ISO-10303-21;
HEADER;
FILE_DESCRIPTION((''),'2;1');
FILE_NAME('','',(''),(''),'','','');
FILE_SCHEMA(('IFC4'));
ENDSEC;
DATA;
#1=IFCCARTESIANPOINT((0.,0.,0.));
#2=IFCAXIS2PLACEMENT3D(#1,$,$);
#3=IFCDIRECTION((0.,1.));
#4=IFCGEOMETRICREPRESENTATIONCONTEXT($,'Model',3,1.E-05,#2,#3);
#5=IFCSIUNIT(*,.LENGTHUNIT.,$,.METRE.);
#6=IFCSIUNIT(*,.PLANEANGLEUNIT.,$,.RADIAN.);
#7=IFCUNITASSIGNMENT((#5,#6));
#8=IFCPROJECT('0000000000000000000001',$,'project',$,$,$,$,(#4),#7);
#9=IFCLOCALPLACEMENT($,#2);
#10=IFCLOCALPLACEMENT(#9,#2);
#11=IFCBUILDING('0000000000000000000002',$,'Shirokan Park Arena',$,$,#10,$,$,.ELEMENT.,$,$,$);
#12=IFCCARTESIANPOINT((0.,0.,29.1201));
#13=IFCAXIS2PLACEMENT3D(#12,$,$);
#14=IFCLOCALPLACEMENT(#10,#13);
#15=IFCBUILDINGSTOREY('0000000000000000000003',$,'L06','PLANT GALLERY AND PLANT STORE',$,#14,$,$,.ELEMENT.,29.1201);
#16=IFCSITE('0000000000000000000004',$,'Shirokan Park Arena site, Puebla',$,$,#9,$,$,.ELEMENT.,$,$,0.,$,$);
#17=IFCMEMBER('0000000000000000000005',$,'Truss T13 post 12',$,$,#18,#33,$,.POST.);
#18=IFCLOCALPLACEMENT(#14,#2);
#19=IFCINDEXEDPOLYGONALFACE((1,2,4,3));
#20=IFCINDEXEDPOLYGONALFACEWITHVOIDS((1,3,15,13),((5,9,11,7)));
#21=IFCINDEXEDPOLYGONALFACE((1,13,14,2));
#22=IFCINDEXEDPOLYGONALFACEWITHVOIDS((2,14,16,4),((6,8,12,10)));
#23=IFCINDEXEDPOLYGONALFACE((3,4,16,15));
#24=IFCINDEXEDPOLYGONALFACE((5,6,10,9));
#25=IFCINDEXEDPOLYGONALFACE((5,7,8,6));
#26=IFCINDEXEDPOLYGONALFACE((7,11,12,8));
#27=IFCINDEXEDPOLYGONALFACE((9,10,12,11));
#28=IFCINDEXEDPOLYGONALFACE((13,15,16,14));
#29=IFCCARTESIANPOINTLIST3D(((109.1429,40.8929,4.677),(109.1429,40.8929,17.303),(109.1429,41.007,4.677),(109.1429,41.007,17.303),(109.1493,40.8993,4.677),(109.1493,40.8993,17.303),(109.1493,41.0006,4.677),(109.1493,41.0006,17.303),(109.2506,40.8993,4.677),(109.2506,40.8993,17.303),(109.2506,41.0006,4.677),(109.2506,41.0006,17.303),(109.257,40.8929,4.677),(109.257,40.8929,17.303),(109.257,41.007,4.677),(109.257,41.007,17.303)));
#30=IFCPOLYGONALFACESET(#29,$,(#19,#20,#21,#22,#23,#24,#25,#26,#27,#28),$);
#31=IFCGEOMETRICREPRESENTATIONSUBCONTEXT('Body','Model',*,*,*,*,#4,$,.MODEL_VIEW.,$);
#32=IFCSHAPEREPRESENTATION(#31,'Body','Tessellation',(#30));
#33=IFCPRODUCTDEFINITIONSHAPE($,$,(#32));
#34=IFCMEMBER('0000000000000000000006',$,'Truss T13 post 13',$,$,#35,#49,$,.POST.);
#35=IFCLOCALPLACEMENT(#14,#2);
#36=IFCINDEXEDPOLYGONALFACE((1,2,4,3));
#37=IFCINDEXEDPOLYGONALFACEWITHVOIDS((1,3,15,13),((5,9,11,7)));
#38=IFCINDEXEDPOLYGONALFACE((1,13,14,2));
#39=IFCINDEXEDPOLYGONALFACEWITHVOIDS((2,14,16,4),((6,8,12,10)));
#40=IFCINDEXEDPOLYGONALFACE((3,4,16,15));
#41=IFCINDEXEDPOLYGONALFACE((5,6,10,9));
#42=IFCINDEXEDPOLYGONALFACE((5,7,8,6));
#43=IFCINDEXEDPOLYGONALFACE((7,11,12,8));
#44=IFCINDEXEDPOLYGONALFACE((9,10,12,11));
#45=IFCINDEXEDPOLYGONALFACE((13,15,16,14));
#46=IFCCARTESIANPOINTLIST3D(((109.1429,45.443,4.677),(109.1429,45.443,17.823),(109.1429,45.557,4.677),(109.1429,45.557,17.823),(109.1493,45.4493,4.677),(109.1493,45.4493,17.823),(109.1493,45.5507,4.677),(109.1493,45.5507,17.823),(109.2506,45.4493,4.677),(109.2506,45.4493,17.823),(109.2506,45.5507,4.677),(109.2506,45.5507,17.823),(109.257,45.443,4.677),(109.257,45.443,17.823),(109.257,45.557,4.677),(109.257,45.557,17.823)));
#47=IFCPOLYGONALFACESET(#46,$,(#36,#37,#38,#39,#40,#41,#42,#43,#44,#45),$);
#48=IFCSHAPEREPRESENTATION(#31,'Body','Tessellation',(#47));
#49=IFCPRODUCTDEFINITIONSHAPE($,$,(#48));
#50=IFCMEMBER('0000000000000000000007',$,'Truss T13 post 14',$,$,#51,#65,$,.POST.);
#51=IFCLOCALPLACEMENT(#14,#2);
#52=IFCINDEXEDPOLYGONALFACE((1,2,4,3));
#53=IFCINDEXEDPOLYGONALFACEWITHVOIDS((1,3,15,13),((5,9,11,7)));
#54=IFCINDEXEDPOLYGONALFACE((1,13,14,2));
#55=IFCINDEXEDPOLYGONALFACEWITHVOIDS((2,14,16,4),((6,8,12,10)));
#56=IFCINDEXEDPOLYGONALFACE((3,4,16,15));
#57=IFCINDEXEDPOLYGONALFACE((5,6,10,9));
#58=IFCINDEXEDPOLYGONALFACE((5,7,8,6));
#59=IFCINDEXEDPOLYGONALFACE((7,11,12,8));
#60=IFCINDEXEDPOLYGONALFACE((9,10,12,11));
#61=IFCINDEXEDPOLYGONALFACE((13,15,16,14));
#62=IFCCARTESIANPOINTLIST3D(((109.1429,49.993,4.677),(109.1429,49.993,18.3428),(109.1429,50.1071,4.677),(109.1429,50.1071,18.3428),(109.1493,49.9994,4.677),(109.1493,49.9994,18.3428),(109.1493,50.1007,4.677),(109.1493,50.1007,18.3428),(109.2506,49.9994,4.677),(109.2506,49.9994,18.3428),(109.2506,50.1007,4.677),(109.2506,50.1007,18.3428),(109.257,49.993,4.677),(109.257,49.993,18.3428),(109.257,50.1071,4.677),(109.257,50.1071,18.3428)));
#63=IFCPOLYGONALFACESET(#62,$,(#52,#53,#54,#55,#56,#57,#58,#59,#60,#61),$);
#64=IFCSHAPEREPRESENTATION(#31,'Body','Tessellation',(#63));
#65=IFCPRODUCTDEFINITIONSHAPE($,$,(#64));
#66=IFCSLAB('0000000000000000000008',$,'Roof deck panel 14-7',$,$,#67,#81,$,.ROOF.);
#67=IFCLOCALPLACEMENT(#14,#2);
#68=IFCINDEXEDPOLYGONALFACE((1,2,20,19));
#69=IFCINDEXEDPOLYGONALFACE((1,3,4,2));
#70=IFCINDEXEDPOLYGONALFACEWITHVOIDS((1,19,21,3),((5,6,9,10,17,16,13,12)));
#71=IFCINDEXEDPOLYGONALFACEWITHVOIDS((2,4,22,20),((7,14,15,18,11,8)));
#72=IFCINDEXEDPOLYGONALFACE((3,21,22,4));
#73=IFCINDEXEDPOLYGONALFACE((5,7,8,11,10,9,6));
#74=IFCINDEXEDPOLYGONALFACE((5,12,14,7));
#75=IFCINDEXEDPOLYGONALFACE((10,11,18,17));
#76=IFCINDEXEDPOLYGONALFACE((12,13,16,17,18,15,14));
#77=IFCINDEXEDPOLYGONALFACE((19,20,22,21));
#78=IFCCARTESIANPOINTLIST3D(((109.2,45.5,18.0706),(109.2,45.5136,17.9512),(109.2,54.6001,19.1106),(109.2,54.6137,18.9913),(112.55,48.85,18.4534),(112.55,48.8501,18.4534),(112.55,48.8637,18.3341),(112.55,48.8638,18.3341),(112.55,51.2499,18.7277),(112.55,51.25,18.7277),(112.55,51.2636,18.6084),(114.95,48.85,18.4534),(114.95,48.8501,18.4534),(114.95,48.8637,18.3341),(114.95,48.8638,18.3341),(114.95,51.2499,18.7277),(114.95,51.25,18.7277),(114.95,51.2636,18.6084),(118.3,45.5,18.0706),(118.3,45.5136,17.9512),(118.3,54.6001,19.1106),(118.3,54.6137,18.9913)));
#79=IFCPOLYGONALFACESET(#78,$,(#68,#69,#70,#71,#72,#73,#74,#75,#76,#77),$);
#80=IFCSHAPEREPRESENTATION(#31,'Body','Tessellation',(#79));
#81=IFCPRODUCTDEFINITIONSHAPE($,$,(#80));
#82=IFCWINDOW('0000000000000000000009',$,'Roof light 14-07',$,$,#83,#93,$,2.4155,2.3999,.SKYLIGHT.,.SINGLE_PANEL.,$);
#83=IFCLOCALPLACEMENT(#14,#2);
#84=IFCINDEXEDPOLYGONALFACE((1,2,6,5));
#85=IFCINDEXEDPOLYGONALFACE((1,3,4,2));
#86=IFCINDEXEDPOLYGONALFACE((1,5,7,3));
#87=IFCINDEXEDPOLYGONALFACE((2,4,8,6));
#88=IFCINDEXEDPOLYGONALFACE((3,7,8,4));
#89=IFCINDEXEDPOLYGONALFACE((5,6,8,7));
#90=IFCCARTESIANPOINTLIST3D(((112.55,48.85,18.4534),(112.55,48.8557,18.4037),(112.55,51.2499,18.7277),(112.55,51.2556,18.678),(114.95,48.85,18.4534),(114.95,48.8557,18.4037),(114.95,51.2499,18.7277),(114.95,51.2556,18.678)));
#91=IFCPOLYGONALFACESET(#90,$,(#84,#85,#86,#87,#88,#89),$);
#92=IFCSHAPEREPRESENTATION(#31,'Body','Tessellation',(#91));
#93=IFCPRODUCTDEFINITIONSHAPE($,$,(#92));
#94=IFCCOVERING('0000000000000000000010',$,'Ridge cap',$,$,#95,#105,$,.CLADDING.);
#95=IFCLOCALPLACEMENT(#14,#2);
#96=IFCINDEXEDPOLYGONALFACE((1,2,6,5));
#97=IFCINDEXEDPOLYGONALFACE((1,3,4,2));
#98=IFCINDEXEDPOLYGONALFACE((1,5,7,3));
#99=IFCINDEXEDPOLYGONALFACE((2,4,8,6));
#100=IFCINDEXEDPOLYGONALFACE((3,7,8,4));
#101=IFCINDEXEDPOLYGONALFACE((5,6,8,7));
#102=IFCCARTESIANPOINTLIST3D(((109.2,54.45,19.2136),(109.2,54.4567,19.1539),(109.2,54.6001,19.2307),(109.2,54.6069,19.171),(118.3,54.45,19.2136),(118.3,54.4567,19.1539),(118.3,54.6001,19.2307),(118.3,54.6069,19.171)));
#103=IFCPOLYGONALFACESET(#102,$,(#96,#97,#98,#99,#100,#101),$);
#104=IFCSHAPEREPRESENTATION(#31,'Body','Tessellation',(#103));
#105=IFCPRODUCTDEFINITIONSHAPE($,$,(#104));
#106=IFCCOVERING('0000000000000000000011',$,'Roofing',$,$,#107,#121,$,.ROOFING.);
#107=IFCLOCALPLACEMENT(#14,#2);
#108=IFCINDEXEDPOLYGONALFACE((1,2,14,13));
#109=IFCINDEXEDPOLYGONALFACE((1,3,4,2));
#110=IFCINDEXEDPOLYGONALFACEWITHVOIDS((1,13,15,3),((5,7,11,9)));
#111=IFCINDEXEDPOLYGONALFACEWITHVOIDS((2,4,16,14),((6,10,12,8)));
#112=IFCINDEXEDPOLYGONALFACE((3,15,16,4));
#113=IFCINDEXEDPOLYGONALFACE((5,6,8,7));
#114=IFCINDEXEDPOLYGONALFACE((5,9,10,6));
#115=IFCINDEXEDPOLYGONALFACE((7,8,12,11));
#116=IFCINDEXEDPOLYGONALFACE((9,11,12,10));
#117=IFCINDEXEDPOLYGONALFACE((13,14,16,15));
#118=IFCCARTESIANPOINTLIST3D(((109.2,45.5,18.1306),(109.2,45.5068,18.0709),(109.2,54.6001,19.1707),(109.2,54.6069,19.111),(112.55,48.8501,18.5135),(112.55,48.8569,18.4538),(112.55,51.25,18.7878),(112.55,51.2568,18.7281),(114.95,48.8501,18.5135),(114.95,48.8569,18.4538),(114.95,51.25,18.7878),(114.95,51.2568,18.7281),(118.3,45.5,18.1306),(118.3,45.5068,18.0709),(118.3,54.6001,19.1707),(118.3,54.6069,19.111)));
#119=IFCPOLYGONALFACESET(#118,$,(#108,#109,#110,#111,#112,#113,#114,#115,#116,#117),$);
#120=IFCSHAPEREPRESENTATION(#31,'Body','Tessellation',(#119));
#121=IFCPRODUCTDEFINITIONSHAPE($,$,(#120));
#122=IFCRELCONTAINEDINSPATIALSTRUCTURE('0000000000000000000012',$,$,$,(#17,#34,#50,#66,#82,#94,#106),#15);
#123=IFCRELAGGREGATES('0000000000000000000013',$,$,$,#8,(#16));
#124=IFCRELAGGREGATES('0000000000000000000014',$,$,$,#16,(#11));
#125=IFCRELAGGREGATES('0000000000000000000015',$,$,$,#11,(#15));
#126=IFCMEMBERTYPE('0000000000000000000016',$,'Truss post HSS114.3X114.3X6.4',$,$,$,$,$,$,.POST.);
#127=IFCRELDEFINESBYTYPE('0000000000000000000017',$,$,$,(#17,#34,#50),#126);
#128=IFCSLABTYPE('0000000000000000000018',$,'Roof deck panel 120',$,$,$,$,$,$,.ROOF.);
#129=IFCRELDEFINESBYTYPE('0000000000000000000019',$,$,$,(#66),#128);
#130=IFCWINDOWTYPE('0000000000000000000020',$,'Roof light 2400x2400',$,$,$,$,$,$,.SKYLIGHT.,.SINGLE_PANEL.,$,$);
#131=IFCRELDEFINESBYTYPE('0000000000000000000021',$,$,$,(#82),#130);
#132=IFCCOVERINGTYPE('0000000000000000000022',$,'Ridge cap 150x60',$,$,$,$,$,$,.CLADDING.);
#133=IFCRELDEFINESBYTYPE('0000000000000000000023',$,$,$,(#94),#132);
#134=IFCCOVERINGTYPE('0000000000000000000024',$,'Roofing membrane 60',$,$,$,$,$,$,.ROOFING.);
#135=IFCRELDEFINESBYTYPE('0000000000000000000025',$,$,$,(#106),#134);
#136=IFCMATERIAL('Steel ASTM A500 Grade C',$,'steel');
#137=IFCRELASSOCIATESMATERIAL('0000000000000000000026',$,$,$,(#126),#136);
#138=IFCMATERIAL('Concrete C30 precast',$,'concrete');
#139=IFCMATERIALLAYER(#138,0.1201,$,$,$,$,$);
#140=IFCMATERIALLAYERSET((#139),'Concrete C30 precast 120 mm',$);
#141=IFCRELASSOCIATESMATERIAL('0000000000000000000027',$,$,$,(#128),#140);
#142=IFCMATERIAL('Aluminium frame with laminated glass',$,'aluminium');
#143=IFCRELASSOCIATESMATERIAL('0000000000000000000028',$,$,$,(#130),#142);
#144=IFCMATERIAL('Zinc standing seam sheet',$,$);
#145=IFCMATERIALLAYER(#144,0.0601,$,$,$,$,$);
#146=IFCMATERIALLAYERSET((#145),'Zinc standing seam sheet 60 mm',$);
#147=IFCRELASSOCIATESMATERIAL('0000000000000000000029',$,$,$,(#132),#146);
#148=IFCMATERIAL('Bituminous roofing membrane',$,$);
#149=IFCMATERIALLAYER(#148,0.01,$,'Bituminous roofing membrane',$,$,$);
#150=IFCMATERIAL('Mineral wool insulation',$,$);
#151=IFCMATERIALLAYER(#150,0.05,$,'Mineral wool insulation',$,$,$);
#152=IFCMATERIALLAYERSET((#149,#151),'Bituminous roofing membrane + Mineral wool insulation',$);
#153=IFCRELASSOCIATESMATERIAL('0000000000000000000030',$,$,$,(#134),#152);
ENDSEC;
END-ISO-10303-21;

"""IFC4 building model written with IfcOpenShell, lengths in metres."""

from ifc_helpers import new_model, si_unit, direction, frame, origin, origin_2d, place, context, subcontext, project, spatial, polyline, rectangle, hollow_rectangle, outline, extrude, material, layer, layer_set, material_profile, profile_set, type_object, element, fill, save


model = new_model("IFC4")

# Units and contexts
model_context = context("Model", 3, precision=1e-05, world=origin(), true_north=direction((0.0, 1.0)))
body_context = subcontext(model_context, "Body", "Model", "MODEL_VIEW")
ifc_project = project(units=[si_unit("LENGTHUNIT", "METRE"), si_unit("PLANEANGLEUNIT", "RADIAN")], contexts=[model_context])

# Site, building, storey
site_placement = place(None, origin())
site = spatial("IfcSite", under=ifc_project, at=site_placement, Name="Shirokan Park Arena site, Puebla", CompositionType="ELEMENT", RefElevation=0.0)
building_placement = place(site_placement, origin())
building = spatial("IfcBuilding", under=site, at=building_placement, Name="Shirokan Park Arena", CompositionType="ELEMENT")
storey_placement = place(building_placement, frame((0.0, 0.0, 29.1201)))
storey = spatial("IfcBuildingStorey", under=building, at=storey_placement, Name="L06", Description="PLANT GALLERY AND PLANT STORE", CompositionType="ELEMENT", Elevation=29.1201)

# Members
ifc_material_1 = material(Name="Steel ASTM A500 Grade C", Category="steel")
ifc_material_profile_1 = material_profile(ifc_material_1, hollow_rectangle(XDim=0.114, YDim=0.114, WallThickness=0.0063, at=origin_2d()), Name="HSS114.3X114.3X6.4")
ifc_profile_set_1 = profile_set([ifc_material_profile_1], Name="Steel ASTM A500 Grade C")
member_type_1 = type_object("IfcMemberType", Name="Truss post HSS114.3X114.3X6.4", PredefinedType="POST", material=ifc_profile_set_1)
member_1_placement = place(storey_placement, frame((109.2, 40.95, 4.677), z_axis=(0.0, 0.0, 1.0), x_axis=(1.0, 0.0, 0.0)))
element("IfcMember", 1, at=member_1_placement, inside=storey, type_object=member_type_1, Name="Truss T13 post 12", PredefinedType="POST", context=body_context, shape_type="SweptSolid", body=[
    extrude(hollow_rectangle(XDim=0.114, YDim=0.114, WallThickness=0.0063, at=origin_2d()), origin(), (0.0, 0.0, 1.0), 12.626),
])
member_2_placement = place(storey_placement, frame((109.2, 45.5, 4.677), z_axis=(0.0, 0.0, 1.0), x_axis=(1.0, 0.0, 0.0)))
element("IfcMember", 2, at=member_2_placement, inside=storey, type_object=member_type_1, Name="Truss T13 post 13", PredefinedType="POST", context=body_context, shape_type="SweptSolid", body=[
    extrude(hollow_rectangle(XDim=0.114, YDim=0.114, WallThickness=0.0063, at=origin_2d()), origin(), (0.0, 0.0, 1.0), 13.146),
])
member_3_placement = place(storey_placement, frame((109.2, 50.05, 4.677), z_axis=(0.0, 0.0, 1.0), x_axis=(1.0, 0.0, 0.0)))
element("IfcMember", 3, at=member_3_placement, inside=storey, type_object=member_type_1, Name="Truss T13 post 14", PredefinedType="POST", context=body_context, shape_type="SweptSolid", body=[
    extrude(hollow_rectangle(XDim=0.114, YDim=0.114, WallThickness=0.0063, at=origin_2d()), origin(), (0.0, 0.0, 1.0), 13.6658),
])

# Slab, opening, window
ifc_material_2 = material(Name="Concrete C30 precast", Category="concrete")
ifc_layer_1 = layer(ifc_material_2, 0.1201)
ifc_layer_set_1 = layer_set([ifc_layer_1], Name="Concrete C30 precast 120 mm")
slab_type = type_object("IfcSlabType", Name="Roof deck panel 120", PredefinedType="ROOF", material=ifc_layer_set_1)
slab_placement = place(storey_placement, frame((109.2, 45.5, 18.0706), z_axis=(0.0, -0.11355, 0.993532), x_axis=(1.0, 0.0, 0.0)))
slab = element("IfcSlab", 4, at=slab_placement, inside=storey, type_object=slab_type, Name="Roof deck panel 14-7", PredefinedType="ROOF", context=body_context, shape_type="SweptSolid", body=[
    extrude(outline(polyline([(0.0, 0.0), (9.1001, 0.0), (9.1001, 9.1593), (0.0, 9.1593), (0.0, 0.0)]), holes=[polyline([(3.3501, 3.3719), (5.75, 3.3719), (5.75, 5.7874), (3.3501, 5.7874), (3.3501, 3.3719)])]), origin(), (0.0, 0.0, -1.0), 0.1201),
])
opening_placement = place(slab_placement, frame((4.55, 4.5796, 0.01)))
opening = element("IfcOpeningElement", 5, at=opening_placement, cuts=slab, PredefinedType="OPENING", context=body_context, shape_type="SweptSolid", body=[
    extrude(rectangle(XDim=2.3999, YDim=2.4155, at=origin_2d()), origin(), (0.0, 0.0, -1.0), 0.1399),
])
ifc_material_3 = material(Name="Aluminium frame with laminated glass", Category="aluminium")
window_type = type_object("IfcWindowType", Name="Roof light 2400x2400", PartitioningType="SINGLE_PANEL", PredefinedType="SKYLIGHT", material=ifc_material_3)
window_placement = place(opening_placement, frame((0.0, 0.0, -0.0601)))
window = element("IfcWindow", 6, at=window_placement, inside=storey, type_object=window_type, Name="Roof light 14-07", OverallHeight=2.4155, OverallWidth=2.3999, PartitioningType="SINGLE_PANEL", PredefinedType="SKYLIGHT", context=body_context, shape_type="SweptSolid", body=[
    extrude(rectangle(XDim=2.3999, YDim=2.4155, at=origin_2d()), origin(), (0.0, 0.0, 1.0), 0.05),
])
fill(opening, window)

# Coverings
ifc_material_4 = material(Name="Zinc standing seam sheet")
ifc_layer_2 = layer(ifc_material_4, 0.0601)
ifc_layer_set_2 = layer_set([ifc_layer_2], Name="Zinc standing seam sheet 60 mm")
covering_type_1 = type_object("IfcCoveringType", Name="Ridge cap 150x60", PredefinedType="CLADDING", material=ifc_layer_set_2)
covering_1_placement = place(storey_placement, frame((109.2, 54.45, 19.2136), z_axis=(0.0, -0.113091, 0.993585), x_axis=(1.0, 0.0, 0.0)))
element("IfcCovering", 7, at=covering_1_placement, inside=storey, type_object=covering_type_1, Name="Ridge cap", PredefinedType="CLADDING", context=body_context, shape_type="SweptSolid", body=[
    extrude(outline(polyline([(0.0, 0.0), (9.1001, 0.0), (9.1001, 0.1511), (0.0, 0.1511), (0.0, 0.0)])), origin(), (0.0, 0.0, -1.0), 0.0601),
])
ifc_material_5 = material(Name="Bituminous roofing membrane")
ifc_layer_3 = layer(ifc_material_5, 0.01, Name="Bituminous roofing membrane")
ifc_material_6 = material(Name="Mineral wool insulation")
ifc_layer_4 = layer(ifc_material_6, 0.05, Name="Mineral wool insulation")
ifc_layer_set_3 = layer_set([ifc_layer_3, ifc_layer_4], Name="Bituminous roofing membrane + Mineral wool insulation")
covering_type_2 = type_object("IfcCoveringType", Name="Roofing membrane 60", PredefinedType="ROOFING", material=ifc_layer_set_3)
covering_2_placement = place(storey_placement, frame((109.2, 45.5, 18.1306), z_axis=(0.0, -0.11355, 0.993532), x_axis=(1.0, 0.0, 0.0)))
element("IfcCovering", 8, at=covering_2_placement, inside=storey, type_object=covering_type_2, Name="Roofing", PredefinedType="ROOFING", context=body_context, shape_type="SweptSolid", body=[
    extrude(outline(polyline([(0.0, 0.0), (9.1001, 0.0), (9.1001, 9.1593), (0.0, 9.1593), (0.0, 0.0)]), holes=[polyline([(5.75, 3.3719), (5.75, 5.7874), (3.3501, 5.7874), (3.3501, 3.3719), (5.75, 3.3719)])]), origin(), (0.0, 0.0, -1.0), 0.0601),
])

save(model, "model.ifc")
